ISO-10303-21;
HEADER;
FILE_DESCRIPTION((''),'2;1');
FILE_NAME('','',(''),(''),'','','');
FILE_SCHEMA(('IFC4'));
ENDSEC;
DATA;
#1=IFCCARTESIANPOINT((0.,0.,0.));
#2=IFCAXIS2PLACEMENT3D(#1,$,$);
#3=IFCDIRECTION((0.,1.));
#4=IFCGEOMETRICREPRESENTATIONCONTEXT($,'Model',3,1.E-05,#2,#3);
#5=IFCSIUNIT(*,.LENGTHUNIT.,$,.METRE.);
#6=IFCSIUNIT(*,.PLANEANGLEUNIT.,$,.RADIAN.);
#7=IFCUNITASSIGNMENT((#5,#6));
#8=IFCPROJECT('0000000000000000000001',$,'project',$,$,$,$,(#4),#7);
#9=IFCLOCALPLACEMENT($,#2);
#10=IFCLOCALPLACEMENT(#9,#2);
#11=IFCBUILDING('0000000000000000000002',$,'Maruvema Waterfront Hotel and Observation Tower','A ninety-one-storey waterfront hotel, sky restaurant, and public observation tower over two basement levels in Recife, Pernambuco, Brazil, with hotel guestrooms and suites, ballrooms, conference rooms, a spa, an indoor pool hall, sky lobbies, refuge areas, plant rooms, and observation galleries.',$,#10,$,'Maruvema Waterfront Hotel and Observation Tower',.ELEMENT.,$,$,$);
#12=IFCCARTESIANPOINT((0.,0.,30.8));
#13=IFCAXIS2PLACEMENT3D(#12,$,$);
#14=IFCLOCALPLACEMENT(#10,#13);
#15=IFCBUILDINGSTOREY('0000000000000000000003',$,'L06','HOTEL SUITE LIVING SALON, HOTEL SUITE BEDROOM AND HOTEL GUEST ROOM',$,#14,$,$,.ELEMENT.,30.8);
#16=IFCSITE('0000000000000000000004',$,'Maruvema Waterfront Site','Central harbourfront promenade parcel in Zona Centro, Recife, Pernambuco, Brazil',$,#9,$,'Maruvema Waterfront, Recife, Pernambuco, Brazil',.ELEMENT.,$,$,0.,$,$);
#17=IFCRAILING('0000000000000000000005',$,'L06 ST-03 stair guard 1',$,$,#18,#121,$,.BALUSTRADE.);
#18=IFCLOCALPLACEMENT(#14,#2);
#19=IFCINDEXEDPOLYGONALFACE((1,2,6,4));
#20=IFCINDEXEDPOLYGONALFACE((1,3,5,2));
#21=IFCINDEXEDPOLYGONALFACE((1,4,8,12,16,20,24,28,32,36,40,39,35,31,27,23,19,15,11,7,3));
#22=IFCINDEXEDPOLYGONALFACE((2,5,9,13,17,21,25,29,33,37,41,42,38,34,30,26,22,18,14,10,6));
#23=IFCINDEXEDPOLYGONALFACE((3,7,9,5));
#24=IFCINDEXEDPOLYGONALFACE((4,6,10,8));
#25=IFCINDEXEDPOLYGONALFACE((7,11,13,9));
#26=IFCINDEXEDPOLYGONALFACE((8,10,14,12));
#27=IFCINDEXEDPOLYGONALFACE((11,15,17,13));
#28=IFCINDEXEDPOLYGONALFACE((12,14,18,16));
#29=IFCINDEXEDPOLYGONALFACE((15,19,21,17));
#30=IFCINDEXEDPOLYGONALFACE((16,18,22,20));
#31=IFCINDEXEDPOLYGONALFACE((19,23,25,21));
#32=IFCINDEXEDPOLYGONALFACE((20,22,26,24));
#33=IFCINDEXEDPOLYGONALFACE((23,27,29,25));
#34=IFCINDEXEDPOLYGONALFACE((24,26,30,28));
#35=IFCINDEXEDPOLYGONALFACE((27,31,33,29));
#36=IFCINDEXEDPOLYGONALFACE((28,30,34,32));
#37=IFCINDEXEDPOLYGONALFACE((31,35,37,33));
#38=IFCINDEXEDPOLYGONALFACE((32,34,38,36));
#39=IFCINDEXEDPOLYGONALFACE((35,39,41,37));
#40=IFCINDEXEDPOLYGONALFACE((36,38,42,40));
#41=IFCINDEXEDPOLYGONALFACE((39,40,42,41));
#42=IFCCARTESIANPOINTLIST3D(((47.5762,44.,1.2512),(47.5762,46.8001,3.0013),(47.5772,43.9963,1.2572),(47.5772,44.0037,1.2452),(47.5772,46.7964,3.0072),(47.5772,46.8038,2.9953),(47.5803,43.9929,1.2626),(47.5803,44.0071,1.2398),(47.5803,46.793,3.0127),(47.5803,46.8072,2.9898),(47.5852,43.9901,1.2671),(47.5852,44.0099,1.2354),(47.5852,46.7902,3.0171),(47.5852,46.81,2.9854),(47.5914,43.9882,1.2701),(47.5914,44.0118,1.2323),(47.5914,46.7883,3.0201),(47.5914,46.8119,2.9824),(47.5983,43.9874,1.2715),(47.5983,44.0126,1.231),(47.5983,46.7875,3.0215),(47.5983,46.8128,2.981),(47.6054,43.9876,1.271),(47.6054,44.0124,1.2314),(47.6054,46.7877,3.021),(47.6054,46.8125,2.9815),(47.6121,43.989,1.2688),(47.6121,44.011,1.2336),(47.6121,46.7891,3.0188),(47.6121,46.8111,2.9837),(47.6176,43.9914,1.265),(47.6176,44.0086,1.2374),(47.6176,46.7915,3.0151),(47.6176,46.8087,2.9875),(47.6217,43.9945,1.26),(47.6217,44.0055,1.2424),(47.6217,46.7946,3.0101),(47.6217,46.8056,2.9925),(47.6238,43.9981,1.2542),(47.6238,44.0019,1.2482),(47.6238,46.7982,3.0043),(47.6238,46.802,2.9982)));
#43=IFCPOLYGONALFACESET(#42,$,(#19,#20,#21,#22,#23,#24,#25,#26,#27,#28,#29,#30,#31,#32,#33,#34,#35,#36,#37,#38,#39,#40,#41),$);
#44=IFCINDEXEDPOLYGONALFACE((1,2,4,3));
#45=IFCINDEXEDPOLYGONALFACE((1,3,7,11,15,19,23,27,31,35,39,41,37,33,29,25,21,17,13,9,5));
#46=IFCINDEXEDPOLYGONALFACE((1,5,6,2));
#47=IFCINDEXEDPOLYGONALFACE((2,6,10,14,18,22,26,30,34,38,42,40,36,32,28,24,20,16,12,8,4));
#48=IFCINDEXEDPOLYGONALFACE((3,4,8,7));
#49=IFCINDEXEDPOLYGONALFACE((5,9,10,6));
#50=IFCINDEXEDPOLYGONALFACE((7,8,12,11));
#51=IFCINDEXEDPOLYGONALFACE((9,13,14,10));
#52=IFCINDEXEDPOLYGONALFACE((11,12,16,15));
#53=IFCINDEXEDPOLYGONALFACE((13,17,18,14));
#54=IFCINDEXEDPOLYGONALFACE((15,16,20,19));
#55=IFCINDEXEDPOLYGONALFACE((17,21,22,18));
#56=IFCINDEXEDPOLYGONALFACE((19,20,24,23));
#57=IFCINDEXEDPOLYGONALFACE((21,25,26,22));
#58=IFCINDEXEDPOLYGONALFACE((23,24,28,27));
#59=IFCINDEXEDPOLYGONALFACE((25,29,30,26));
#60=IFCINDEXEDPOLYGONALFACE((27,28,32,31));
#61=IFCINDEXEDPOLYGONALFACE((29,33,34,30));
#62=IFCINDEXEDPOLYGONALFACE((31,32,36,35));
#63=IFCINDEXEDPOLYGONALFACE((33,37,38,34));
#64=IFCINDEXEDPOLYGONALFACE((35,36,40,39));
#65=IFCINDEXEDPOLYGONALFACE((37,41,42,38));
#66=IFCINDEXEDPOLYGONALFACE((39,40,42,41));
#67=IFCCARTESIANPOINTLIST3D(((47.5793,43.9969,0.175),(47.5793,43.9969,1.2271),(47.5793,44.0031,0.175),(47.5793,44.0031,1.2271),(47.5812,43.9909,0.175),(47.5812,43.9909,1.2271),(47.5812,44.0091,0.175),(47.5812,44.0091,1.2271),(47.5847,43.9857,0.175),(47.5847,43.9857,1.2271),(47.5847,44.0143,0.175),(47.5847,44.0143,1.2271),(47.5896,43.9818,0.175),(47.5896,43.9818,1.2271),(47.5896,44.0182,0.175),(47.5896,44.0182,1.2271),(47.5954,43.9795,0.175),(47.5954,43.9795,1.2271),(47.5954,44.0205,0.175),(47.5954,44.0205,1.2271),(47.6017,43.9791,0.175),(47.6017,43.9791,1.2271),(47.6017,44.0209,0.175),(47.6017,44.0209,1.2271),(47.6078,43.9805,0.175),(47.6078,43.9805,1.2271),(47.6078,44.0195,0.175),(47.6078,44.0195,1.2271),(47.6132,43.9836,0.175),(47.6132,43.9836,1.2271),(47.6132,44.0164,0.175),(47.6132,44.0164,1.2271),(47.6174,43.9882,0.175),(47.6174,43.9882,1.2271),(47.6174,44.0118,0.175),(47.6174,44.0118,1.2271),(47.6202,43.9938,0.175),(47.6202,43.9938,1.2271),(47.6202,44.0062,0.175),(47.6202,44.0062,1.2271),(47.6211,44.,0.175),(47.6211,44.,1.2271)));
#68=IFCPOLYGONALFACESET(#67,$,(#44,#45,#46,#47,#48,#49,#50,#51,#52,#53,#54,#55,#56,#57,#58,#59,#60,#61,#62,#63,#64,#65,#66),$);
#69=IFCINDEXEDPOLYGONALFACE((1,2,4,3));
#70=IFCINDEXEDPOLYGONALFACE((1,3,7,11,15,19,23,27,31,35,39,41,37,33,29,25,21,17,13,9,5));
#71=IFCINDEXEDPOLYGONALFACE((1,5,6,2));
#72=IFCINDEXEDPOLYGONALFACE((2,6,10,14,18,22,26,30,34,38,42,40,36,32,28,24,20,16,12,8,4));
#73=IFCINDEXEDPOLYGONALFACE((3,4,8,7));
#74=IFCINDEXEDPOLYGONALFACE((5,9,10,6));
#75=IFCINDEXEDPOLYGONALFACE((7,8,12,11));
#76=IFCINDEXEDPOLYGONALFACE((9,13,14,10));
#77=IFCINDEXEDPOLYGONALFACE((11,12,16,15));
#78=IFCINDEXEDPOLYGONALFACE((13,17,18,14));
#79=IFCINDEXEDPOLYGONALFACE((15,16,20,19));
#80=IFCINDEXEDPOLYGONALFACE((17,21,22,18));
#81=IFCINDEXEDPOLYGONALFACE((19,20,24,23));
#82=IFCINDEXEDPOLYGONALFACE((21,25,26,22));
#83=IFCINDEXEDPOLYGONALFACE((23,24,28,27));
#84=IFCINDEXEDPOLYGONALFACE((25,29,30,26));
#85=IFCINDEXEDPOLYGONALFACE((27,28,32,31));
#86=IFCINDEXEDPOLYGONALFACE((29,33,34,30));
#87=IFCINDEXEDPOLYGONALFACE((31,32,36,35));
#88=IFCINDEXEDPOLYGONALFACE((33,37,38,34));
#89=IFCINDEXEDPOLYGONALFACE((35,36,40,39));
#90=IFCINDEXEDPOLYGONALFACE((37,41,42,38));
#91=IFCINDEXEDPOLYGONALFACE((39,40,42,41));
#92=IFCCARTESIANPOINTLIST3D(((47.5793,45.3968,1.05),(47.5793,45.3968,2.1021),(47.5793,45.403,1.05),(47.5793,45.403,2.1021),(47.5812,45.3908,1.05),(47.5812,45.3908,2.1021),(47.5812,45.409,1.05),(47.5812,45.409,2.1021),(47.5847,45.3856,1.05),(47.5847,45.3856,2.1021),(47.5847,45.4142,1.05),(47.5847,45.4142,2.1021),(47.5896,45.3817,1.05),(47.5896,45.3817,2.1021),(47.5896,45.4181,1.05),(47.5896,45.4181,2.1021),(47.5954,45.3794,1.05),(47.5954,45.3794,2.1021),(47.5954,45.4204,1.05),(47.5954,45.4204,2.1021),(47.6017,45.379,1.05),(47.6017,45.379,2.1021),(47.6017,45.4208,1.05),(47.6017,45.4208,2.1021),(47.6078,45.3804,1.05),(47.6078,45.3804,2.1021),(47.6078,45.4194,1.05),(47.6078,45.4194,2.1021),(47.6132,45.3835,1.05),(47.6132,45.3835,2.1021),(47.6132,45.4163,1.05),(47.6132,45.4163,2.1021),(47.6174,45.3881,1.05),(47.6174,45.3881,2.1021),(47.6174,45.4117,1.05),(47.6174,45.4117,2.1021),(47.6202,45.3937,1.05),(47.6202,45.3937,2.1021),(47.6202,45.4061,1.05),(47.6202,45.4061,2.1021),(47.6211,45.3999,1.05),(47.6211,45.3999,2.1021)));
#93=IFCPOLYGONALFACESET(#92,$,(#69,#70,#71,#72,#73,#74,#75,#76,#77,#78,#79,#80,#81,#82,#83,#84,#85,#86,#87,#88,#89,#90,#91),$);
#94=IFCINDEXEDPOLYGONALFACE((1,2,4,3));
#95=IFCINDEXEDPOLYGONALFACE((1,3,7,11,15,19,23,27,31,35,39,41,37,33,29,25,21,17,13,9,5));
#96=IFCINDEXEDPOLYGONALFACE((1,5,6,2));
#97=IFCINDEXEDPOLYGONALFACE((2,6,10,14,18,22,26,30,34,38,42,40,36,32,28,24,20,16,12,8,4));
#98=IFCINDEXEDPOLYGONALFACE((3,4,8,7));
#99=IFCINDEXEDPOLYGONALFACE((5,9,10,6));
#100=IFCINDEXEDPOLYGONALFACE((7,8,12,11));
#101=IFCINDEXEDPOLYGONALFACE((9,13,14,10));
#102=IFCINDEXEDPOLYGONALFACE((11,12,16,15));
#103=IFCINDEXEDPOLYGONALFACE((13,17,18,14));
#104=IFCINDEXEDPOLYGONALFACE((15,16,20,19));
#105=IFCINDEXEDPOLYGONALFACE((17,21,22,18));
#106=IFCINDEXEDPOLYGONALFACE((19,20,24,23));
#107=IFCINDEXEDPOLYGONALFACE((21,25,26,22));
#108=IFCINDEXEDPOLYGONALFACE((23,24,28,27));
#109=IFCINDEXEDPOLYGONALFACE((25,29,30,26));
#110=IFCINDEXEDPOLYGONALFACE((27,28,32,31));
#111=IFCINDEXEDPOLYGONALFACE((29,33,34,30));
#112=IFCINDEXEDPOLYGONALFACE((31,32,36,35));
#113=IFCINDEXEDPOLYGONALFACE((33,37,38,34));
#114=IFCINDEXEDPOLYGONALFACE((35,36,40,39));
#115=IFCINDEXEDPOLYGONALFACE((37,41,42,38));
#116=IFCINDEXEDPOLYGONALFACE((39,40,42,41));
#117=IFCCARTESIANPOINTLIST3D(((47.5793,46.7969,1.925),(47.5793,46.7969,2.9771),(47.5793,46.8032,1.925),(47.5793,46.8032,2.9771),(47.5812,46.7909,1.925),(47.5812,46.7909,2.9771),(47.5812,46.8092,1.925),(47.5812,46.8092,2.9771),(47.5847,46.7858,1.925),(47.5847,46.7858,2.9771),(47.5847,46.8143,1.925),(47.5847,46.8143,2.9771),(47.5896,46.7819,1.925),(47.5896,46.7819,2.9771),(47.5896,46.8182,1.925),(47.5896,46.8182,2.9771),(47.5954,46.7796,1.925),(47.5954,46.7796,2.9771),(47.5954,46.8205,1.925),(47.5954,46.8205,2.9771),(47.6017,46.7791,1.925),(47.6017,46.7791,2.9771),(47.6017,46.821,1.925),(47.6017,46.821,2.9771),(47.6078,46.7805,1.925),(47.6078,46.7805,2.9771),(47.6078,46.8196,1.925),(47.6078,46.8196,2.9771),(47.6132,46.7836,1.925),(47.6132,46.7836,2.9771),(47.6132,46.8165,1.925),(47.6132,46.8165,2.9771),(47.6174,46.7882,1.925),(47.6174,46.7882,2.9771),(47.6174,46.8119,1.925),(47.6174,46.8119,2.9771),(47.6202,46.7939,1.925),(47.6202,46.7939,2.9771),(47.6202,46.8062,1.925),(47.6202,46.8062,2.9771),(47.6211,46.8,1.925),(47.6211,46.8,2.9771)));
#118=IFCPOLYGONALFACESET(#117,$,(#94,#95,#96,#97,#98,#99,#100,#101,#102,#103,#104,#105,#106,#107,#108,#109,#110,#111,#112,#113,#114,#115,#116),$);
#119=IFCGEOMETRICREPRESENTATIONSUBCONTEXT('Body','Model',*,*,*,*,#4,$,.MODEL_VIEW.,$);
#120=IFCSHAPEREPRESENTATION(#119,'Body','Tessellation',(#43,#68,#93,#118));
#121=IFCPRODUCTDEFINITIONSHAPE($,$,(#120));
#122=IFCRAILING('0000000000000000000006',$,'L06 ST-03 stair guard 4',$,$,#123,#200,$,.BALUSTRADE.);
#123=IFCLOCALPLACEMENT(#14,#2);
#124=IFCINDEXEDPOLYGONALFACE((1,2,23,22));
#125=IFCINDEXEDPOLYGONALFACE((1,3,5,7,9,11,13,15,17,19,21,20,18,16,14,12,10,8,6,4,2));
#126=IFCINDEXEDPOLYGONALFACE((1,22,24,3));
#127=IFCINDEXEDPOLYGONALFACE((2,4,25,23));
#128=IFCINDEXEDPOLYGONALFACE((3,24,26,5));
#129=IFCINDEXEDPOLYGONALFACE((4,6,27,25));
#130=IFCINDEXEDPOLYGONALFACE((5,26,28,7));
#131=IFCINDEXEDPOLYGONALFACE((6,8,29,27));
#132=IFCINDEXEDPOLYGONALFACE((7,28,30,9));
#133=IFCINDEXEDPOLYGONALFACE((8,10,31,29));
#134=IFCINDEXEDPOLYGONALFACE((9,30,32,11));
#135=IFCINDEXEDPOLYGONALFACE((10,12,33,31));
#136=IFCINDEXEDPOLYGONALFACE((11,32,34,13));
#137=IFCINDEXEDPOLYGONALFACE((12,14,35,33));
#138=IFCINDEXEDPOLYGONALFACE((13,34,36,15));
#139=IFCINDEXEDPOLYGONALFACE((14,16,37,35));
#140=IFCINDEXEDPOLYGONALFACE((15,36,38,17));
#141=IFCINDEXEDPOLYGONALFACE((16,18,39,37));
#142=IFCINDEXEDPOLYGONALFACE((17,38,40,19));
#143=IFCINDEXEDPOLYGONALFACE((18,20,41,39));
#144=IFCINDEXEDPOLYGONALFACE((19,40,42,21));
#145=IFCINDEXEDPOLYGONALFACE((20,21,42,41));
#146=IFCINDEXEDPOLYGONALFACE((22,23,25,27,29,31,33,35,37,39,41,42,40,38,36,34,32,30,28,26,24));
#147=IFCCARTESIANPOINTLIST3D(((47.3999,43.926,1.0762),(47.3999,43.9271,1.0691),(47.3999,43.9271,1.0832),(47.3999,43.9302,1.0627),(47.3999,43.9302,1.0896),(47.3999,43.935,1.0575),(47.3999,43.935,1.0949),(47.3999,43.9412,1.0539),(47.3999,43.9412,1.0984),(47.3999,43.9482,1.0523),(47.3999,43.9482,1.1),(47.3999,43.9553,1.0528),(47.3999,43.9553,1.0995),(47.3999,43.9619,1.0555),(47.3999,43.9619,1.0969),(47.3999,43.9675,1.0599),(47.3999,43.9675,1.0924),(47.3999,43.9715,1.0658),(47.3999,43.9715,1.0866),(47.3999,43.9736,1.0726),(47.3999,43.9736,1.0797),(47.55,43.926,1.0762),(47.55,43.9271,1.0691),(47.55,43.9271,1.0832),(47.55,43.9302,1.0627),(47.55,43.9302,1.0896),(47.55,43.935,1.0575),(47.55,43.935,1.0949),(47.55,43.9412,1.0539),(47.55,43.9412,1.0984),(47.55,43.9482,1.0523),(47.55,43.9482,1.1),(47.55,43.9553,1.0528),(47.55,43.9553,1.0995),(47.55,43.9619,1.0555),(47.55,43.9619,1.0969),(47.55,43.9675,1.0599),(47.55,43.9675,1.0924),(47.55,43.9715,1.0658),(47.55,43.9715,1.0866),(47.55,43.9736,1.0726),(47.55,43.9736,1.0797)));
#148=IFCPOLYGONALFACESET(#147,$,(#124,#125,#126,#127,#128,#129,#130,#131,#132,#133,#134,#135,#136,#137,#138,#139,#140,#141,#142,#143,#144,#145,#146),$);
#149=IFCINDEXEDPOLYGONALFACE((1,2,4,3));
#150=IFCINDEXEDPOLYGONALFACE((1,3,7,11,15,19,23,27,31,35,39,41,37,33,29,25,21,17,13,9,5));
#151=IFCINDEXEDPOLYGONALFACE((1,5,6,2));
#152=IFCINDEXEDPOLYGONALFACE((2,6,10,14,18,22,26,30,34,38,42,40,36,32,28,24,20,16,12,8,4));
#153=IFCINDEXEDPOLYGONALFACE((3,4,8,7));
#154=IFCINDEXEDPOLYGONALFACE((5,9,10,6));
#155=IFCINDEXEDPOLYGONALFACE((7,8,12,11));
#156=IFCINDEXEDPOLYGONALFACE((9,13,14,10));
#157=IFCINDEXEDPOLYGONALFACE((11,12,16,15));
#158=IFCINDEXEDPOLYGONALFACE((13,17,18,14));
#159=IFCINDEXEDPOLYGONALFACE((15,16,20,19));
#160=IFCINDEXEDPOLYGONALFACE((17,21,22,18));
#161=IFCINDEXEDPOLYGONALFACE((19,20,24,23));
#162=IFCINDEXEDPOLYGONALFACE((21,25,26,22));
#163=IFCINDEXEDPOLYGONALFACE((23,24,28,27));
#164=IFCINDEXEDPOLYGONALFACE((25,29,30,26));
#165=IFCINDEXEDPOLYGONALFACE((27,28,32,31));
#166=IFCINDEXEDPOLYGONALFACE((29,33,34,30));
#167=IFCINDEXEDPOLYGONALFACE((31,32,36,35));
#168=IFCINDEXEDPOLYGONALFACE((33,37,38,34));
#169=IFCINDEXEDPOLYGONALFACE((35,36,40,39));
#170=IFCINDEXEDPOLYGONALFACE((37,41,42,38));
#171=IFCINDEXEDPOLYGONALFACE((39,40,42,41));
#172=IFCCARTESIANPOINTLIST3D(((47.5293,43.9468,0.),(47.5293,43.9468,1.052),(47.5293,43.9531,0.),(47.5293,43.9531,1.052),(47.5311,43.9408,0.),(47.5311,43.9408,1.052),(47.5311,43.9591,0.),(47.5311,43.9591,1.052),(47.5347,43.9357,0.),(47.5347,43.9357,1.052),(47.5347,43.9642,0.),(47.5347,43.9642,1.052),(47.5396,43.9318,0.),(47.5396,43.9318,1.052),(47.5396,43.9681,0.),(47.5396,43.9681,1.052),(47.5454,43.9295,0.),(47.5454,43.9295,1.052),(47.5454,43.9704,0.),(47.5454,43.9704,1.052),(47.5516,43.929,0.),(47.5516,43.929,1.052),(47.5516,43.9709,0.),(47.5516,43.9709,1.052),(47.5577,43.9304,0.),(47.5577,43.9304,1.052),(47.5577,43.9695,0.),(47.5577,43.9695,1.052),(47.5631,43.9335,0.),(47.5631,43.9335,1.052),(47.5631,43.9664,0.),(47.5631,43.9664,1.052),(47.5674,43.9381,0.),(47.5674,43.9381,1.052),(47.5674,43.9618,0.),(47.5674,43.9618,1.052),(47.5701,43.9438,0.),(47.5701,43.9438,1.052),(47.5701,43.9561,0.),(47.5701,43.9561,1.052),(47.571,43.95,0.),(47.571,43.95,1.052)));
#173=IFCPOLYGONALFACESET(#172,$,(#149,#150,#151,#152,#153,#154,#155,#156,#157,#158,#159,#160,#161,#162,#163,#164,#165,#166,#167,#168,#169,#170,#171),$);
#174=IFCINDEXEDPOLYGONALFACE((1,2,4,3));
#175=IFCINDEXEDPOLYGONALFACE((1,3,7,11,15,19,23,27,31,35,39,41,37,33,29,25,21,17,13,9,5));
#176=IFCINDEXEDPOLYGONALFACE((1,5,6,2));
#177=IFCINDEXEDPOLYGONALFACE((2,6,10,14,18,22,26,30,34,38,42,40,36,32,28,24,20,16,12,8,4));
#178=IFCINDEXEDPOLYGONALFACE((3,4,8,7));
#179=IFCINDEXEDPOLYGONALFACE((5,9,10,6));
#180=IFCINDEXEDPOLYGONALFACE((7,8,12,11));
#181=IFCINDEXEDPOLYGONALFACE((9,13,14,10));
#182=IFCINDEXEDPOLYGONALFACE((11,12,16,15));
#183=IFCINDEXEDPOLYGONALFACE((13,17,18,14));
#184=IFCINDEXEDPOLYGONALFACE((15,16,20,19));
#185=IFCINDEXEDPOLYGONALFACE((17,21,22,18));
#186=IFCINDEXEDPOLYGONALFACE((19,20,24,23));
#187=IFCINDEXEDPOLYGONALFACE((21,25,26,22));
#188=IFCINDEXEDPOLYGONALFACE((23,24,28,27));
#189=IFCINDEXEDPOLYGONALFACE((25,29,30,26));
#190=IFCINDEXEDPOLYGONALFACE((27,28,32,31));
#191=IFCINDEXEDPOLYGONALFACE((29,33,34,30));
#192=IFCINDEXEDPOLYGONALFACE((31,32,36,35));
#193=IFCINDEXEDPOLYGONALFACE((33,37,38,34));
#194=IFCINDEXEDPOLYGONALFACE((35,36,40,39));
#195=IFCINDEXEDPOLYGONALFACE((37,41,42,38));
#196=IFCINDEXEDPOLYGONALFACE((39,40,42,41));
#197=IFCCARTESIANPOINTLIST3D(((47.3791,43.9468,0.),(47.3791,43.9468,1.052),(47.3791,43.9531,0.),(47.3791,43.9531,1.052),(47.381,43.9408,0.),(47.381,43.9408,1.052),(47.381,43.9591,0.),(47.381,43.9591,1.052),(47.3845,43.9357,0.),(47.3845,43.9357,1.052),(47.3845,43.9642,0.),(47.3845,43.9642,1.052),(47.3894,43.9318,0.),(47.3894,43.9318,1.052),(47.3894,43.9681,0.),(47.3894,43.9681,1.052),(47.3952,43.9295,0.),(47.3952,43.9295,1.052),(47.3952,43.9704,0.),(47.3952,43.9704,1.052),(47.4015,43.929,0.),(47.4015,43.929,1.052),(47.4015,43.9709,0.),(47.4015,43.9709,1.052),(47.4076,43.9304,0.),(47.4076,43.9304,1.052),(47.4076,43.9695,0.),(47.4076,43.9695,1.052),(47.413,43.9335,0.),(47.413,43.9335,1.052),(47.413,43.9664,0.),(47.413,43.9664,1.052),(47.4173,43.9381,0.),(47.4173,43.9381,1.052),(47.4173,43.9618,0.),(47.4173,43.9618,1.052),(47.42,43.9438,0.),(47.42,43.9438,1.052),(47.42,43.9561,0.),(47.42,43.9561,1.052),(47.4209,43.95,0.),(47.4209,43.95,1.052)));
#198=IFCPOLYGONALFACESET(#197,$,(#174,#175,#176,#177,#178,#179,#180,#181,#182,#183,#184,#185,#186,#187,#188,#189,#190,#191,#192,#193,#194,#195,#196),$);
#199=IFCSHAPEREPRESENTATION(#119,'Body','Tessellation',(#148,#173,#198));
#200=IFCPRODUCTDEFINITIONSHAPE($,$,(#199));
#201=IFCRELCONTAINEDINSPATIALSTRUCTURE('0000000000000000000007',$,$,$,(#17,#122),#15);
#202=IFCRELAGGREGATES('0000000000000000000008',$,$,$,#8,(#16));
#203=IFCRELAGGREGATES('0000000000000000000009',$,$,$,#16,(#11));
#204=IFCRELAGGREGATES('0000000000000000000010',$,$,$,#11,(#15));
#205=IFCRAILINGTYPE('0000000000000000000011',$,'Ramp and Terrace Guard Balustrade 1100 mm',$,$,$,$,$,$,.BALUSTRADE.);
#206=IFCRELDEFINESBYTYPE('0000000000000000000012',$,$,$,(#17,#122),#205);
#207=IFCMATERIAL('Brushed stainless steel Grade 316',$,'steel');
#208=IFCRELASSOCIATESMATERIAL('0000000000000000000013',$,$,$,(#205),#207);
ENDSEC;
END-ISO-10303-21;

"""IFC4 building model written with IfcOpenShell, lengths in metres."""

from ifc_helpers import new_model, si_unit, direction, frame, origin, origin_2d, place, context, subcontext, project, spatial, circle, extrude, material, type_object, element, save


model = new_model("IFC4")

# Units and contexts
model_context = context("Model", 3, precision=1e-05, world=origin(), true_north=direction((0.0, 1.0)))
body_context = subcontext(model_context, "Body", "Model", "MODEL_VIEW")
ifc_project = project(units=[si_unit("LENGTHUNIT", "METRE"), si_unit("PLANEANGLEUNIT", "RADIAN")], contexts=[model_context])

# Site, building, storey
site_placement = place(None, origin())
site = spatial("IfcSite", under=ifc_project, at=site_placement, Name="Maruvema Waterfront Site", Description="Central harbourfront promenade parcel in Zona Centro, Recife, Pernambuco, Brazil", LongName="Maruvema Waterfront, Recife, Pernambuco, Brazil", CompositionType="ELEMENT", RefElevation=0.0)
building_placement = place(site_placement, origin())
building = spatial("IfcBuilding", under=site, at=building_placement, Name="Maruvema Waterfront Hotel and Observation Tower", Description="A ninety-one-storey waterfront hotel, sky restaurant, and public observation tower over two basement levels in Recife, Pernambuco, Brazil, with hotel guestrooms and suites, ballrooms, conference rooms, a spa, an indoor pool hall, sky lobbies, refuge areas, plant rooms, and observation galleries.", LongName="Maruvema Waterfront Hotel and Observation Tower", CompositionType="ELEMENT")
storey_placement = place(building_placement, frame((0.0, 0.0, 30.8)))
storey = spatial("IfcBuildingStorey", under=building, at=storey_placement, Name="L06", Description="HOTEL SUITE LIVING SALON, HOTEL SUITE BEDROOM AND HOTEL GUEST ROOM", CompositionType="ELEMENT", Elevation=30.8)

# Railings
ifc_material_1 = material(Name="Brushed stainless steel Grade 316", Category="steel")
railing_type_1 = type_object("IfcRailingType", Name="Ramp and Terrace Guard Balustrade 1100 mm", PredefinedType="BALUSTRADE", material=ifc_material_1)
railing_1_placement = place(storey_placement, frame((47.6001, 44.0, 0.175)))
element("IfcRailing", 1, at=railing_1_placement, inside=storey, type_object=railing_type_1, Name="L06 ST-03 stair guard 1", PredefinedType="BALUSTRADE", context=body_context, shape_type="SweptSolid", body=[
    extrude(circle(Radius=0.0239, at=origin_2d()), frame((0.0, 0.0, 1.0762), z_axis=(0.0, 0.848002, 0.529992), x_axis=(-1.0, 0.0, 0.0)), (0.0, 0.0, 1.0), 3.302),
    extrude(circle(Radius=0.021, at=origin_2d()), origin(), (0.0, 0.0, 1.0), 1.052),
    extrude(circle(Radius=0.021, at=origin_2d()), frame((0.0, 1.3999, 0.875)), (0.0, 0.0, 1.0), 1.052),
    extrude(circle(Radius=0.021, at=origin_2d()), frame((0.0, 2.8, 1.75)), (0.0, 0.0, 1.0), 1.052),
])
railing_2_placement = place(storey_placement, frame((47.55, 43.95, 0.0)))
element("IfcRailing", 2, at=railing_2_placement, inside=storey, type_object=railing_type_1, Name="L06 ST-03 stair guard 4", PredefinedType="BALUSTRADE", context=body_context, shape_type="SweptSolid", body=[
    extrude(circle(Radius=0.0239, at=origin_2d()), frame((0.0, 0.0, 1.0762), z_axis=(-1.0, 0.0, 0.0), x_axis=(0.0, -1.0, 0.0)), (0.0, 0.0, 1.0), 0.1501),
    extrude(circle(Radius=0.021, at=origin_2d()), origin(), (0.0, 0.0, 1.0), 1.052),
    extrude(circle(Radius=0.021, at=origin_2d()), frame((-0.1501, 0.0, 0.0)), (0.0, 0.0, 1.0), 1.052),
])

save(model, "model.ifc")
